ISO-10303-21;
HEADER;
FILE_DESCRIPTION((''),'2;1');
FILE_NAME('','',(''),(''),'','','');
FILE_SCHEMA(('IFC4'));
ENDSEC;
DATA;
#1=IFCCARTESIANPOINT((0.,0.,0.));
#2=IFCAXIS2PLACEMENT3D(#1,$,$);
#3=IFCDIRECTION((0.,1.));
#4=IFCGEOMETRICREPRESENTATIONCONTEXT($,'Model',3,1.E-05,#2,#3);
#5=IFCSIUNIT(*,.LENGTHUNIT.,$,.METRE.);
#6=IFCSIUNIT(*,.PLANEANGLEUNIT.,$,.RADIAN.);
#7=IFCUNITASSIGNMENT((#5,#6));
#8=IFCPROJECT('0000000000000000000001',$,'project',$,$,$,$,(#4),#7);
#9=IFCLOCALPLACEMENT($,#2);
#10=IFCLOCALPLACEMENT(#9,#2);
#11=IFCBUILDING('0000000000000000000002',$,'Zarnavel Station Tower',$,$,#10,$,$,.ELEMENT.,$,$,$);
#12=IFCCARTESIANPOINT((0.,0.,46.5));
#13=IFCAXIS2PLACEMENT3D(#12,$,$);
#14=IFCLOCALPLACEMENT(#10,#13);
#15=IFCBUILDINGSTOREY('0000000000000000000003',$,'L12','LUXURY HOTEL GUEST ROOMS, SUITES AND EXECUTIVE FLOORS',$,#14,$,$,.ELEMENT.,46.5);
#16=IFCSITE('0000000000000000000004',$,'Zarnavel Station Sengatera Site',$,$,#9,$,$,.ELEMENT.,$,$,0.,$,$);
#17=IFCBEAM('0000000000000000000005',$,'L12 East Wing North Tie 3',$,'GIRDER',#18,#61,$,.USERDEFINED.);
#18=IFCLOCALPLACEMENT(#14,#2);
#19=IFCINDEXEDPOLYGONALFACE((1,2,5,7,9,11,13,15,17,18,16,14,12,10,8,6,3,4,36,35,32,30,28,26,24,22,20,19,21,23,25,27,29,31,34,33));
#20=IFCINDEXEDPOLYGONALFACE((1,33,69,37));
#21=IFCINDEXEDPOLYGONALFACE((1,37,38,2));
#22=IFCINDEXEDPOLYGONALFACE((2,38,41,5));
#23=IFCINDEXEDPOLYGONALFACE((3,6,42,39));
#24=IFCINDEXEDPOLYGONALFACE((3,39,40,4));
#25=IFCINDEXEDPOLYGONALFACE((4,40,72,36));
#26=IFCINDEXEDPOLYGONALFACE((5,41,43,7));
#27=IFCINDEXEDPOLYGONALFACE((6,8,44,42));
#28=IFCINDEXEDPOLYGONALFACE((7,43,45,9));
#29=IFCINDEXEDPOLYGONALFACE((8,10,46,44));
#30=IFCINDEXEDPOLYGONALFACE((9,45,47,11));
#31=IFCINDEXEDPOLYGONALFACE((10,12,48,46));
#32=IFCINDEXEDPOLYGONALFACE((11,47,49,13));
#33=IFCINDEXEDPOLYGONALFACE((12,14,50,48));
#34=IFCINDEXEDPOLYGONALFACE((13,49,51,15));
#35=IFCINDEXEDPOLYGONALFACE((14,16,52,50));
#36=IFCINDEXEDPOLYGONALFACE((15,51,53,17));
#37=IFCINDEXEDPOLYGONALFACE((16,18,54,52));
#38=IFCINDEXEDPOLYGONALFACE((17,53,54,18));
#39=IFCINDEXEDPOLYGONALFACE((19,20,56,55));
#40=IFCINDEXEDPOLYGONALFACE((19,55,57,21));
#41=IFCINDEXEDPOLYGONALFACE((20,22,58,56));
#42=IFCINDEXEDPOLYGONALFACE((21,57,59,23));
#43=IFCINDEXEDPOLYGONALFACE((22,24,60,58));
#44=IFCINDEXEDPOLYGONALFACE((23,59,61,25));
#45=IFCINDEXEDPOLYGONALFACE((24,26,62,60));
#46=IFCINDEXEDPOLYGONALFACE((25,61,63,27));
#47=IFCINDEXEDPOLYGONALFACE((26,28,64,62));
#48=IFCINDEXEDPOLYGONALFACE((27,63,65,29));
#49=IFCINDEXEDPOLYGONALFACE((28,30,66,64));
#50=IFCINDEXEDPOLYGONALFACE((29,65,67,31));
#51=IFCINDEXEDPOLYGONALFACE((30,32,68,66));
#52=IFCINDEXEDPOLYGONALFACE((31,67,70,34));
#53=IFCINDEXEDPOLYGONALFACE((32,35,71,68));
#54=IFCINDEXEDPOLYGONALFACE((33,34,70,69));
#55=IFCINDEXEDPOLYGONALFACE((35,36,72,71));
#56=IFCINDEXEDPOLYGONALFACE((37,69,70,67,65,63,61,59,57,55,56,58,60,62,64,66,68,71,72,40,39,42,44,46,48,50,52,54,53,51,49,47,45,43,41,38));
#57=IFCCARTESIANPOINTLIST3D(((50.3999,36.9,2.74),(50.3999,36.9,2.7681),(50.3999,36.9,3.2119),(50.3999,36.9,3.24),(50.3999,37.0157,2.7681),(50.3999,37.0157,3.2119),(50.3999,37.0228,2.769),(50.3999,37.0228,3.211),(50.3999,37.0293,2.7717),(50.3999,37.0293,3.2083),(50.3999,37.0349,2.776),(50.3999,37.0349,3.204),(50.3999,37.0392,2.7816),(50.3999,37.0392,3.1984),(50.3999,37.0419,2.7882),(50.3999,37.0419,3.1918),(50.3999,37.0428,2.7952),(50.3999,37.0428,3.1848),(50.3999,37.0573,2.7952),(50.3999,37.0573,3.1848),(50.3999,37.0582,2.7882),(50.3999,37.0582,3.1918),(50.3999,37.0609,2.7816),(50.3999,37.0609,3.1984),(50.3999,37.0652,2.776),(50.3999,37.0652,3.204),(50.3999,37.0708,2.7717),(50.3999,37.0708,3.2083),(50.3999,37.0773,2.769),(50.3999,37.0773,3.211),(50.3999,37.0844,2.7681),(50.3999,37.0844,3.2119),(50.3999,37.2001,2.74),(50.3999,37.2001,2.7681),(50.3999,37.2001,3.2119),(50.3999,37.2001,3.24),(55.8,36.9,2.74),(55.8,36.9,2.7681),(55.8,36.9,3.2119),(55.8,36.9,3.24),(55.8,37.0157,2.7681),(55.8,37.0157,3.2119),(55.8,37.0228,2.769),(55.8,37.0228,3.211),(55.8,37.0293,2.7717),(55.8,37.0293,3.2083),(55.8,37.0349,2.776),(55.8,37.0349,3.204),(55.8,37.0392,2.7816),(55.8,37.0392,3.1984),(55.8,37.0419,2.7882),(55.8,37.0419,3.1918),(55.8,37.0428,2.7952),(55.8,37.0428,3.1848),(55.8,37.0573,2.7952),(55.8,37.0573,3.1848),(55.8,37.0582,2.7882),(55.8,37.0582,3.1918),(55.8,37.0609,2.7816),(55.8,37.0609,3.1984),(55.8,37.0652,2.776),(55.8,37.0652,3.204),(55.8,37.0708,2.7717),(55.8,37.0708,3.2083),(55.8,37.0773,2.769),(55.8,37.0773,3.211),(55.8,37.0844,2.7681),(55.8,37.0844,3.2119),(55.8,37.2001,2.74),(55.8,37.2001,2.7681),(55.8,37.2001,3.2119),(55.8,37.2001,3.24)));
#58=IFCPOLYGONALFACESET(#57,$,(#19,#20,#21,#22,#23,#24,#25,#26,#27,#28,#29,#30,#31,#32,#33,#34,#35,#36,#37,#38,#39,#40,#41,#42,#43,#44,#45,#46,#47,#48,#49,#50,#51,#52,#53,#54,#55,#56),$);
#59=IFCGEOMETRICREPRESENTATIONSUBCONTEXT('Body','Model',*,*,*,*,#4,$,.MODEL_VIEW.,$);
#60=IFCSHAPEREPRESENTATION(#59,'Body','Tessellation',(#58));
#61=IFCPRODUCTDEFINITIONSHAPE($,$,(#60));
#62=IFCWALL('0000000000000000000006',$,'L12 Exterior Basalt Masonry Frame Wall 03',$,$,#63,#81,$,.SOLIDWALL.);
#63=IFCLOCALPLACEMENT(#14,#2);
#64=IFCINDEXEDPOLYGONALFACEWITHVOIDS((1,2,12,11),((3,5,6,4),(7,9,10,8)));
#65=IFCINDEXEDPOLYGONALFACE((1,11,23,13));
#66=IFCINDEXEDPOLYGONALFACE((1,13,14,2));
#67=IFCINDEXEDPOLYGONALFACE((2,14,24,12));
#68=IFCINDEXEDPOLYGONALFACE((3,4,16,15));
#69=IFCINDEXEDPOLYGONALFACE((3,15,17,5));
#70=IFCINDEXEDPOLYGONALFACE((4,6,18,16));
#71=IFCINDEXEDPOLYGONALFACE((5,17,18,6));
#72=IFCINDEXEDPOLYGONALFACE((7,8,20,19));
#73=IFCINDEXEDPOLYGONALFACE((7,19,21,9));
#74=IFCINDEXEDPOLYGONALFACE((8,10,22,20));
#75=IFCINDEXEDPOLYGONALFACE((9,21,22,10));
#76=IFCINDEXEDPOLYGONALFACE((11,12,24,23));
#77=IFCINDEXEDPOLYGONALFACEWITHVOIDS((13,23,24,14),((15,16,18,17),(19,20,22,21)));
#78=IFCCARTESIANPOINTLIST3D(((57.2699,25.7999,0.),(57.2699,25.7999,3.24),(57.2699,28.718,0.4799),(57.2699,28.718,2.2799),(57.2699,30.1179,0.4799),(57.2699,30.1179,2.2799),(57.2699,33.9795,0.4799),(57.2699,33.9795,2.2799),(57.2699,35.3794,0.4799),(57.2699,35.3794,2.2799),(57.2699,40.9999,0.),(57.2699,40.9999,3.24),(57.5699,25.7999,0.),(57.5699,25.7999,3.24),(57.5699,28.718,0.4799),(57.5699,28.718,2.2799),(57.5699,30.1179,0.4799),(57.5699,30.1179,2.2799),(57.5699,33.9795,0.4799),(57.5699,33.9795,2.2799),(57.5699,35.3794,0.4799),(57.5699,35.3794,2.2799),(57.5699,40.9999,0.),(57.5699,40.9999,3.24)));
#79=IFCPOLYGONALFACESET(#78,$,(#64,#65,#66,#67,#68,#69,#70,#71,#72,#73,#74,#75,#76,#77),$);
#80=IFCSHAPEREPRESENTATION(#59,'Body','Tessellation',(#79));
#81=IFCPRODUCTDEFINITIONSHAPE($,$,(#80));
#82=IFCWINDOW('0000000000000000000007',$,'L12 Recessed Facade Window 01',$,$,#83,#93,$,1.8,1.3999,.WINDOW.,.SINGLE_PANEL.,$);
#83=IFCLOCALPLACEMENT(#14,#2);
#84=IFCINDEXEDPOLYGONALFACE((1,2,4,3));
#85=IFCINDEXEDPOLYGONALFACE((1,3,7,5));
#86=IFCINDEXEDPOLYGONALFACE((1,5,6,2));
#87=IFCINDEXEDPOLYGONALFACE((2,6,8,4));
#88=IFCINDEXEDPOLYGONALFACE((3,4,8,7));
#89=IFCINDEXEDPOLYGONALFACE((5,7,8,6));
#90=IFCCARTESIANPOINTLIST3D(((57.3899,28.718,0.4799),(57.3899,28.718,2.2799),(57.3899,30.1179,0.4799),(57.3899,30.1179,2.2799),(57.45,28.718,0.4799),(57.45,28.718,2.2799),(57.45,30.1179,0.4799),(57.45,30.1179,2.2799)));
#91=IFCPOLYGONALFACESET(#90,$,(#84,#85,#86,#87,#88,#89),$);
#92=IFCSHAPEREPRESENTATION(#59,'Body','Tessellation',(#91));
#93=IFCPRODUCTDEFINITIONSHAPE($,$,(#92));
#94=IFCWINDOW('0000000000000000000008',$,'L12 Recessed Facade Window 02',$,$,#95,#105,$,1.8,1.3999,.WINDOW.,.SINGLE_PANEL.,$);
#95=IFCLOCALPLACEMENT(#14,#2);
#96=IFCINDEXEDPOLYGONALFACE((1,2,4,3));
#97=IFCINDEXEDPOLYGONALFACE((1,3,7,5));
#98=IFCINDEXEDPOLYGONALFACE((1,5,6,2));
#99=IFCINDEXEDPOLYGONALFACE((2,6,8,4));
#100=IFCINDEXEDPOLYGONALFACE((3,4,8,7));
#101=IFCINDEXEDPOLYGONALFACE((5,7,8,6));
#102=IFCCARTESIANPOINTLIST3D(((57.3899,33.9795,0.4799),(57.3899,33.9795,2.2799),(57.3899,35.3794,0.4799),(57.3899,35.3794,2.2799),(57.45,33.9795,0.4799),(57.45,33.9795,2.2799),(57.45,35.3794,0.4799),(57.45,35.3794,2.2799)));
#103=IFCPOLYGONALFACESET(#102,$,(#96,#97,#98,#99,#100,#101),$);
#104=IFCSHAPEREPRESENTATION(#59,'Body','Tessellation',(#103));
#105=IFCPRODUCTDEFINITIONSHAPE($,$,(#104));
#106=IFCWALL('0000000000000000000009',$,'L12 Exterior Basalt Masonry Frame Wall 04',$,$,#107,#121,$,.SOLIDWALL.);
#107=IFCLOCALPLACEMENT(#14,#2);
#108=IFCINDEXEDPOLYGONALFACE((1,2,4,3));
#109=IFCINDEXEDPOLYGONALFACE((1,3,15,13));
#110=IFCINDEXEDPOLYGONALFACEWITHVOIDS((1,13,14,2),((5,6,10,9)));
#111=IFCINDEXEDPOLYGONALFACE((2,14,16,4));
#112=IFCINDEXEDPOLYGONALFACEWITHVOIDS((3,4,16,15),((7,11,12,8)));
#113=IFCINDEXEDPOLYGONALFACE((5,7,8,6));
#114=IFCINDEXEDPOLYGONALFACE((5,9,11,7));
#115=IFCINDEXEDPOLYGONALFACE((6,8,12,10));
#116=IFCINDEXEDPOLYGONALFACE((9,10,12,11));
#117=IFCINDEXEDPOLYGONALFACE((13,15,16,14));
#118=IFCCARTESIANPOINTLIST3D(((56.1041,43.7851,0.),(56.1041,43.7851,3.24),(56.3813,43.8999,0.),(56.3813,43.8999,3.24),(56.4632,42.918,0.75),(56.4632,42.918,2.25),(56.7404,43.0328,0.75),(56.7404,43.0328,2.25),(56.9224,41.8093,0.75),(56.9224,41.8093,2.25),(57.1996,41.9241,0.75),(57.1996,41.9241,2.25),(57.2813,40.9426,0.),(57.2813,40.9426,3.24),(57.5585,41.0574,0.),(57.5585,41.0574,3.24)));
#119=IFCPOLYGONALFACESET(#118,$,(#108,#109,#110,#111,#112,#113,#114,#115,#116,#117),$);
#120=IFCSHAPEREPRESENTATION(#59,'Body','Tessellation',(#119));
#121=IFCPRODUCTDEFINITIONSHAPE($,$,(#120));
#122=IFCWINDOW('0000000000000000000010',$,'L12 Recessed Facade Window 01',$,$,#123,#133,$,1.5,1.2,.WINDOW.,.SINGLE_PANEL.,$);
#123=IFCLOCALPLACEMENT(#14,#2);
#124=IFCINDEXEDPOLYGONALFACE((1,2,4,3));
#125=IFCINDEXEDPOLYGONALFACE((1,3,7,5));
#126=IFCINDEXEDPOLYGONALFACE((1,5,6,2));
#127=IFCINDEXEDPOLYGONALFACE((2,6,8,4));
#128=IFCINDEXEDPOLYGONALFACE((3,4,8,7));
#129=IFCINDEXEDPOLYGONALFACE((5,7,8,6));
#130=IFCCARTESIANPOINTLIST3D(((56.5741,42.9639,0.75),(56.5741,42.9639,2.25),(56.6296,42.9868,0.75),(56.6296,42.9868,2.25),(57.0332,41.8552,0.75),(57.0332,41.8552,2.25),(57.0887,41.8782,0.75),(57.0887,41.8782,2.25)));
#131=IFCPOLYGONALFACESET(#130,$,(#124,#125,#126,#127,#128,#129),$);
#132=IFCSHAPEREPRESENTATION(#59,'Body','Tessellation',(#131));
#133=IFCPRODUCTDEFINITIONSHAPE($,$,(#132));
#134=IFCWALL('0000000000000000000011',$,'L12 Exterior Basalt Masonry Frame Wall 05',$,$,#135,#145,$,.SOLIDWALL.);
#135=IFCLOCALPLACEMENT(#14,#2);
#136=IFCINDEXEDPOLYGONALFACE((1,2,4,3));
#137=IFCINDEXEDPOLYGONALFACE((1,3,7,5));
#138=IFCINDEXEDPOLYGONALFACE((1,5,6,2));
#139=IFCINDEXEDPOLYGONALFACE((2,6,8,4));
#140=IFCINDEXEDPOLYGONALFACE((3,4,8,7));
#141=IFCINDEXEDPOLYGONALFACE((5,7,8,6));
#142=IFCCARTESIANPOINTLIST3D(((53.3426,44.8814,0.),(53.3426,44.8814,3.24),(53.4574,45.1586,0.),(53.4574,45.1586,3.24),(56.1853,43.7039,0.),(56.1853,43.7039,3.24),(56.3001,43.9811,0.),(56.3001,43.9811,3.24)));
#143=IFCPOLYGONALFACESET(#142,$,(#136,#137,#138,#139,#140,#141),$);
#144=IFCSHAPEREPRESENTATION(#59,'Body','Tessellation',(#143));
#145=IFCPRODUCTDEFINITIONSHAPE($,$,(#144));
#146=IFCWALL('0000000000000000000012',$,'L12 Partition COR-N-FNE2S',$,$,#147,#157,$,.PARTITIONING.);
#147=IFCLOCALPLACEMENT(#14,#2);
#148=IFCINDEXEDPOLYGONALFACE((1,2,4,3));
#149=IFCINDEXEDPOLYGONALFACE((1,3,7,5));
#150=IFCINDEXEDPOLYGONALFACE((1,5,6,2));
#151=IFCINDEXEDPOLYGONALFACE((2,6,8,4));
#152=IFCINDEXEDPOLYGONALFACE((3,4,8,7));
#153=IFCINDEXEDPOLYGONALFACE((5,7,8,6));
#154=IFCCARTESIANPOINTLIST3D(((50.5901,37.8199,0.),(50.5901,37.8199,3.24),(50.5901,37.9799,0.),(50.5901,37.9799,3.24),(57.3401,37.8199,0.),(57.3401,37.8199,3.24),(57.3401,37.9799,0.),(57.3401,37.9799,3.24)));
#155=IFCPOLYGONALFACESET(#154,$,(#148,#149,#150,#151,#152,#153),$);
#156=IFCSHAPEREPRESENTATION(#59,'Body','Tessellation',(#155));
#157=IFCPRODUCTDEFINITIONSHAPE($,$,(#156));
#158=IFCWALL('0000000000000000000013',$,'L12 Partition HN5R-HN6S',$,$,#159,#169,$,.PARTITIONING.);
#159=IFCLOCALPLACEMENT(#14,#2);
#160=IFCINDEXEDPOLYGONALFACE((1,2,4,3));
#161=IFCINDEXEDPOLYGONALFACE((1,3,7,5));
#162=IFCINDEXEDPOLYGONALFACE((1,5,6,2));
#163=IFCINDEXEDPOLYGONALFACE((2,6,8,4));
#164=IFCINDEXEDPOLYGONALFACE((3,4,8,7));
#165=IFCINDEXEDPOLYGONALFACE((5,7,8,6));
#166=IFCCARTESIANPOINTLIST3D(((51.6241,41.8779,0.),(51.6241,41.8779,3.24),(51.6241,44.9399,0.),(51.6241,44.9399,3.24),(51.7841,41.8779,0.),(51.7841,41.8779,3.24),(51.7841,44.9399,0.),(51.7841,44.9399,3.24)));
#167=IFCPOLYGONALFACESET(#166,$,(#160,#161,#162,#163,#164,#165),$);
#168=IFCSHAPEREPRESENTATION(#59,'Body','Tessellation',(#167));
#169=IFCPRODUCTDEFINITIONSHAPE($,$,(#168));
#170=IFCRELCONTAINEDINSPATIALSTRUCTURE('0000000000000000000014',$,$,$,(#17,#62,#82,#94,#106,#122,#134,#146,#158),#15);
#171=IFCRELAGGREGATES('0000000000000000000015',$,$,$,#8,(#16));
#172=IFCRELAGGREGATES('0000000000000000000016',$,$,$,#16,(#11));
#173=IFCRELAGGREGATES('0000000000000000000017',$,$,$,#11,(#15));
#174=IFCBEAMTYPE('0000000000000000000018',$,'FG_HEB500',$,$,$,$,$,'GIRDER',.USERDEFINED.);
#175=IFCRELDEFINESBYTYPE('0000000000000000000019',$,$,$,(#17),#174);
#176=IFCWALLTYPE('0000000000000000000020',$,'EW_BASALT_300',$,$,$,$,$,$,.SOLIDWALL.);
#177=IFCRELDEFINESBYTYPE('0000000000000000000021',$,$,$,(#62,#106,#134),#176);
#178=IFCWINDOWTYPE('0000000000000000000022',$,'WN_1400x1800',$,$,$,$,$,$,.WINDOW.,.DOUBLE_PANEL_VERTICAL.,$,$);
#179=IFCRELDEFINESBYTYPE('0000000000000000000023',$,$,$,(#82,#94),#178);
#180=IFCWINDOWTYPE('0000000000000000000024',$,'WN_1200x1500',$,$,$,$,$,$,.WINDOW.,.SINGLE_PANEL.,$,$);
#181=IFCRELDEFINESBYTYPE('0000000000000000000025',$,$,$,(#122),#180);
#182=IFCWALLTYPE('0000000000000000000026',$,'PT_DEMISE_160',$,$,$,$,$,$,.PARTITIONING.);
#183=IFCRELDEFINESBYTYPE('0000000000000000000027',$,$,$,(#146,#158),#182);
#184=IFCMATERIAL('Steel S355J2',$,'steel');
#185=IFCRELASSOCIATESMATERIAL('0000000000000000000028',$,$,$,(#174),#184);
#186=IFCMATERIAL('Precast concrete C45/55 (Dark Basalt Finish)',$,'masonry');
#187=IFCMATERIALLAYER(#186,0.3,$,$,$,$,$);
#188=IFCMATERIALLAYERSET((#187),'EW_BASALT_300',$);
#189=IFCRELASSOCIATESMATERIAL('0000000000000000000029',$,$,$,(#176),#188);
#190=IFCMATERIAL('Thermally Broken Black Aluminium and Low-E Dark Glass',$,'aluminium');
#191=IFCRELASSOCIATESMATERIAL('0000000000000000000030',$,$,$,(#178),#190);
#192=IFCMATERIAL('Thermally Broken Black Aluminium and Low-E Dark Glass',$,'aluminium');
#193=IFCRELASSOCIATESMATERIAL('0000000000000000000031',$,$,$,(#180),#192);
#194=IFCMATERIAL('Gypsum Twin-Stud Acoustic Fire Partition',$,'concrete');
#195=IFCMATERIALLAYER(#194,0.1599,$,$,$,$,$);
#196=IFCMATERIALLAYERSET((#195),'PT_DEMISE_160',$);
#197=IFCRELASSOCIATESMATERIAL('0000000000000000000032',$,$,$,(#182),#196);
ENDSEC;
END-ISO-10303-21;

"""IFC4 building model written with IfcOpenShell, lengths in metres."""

from ifc_helpers import new_model, si_unit, direction, frame, frame_2d, origin, origin_2d, place, context, subcontext, project, spatial, rectangle, i_section, extrude, material, layer, layer_set, material_profile, profile_set, type_object, element, fill, save


model = new_model("IFC4")

# Units and contexts
model_context = context("Model", 3, precision=1e-05, world=origin(), true_north=direction((0.0, 1.0)))
body_context = subcontext(model_context, "Body", "Model", "MODEL_VIEW")
ifc_project = project(units=[si_unit("LENGTHUNIT", "METRE"), si_unit("PLANEANGLEUNIT", "RADIAN")], contexts=[model_context])

# Site, building, storey
site_placement = place(None, origin())
site = spatial("IfcSite", under=ifc_project, at=site_placement, Name="Zarnavel Station Sengatera Site", CompositionType="ELEMENT", RefElevation=0.0)
building_placement = place(site_placement, origin())
building = spatial("IfcBuilding", under=site, at=building_placement, Name="Zarnavel Station Tower", CompositionType="ELEMENT")
storey_placement = place(building_placement, frame((0.0, 0.0, 46.5)))
storey = spatial("IfcBuildingStorey", under=building, at=storey_placement, Name="L12", Description="LUXURY HOTEL GUEST ROOMS, SUITES AND EXECUTIVE FLOORS", CompositionType="ELEMENT", Elevation=46.5)

# Beam
ifc_material_1 = material(Name="Steel S355J2", Category="steel")
ifc_material_profile_1 = material_profile(ifc_material_1, i_section(OverallWidth=0.3, OverallDepth=0.5, WebThickness=0.0144, FlangeThickness=0.0281, FilletRadius=0.0271, at=origin_2d()), Name="HEB500")
ifc_profile_set_1 = profile_set([ifc_material_profile_1], Name="Steel S355J2")
beam_type = type_object("IfcBeamType", Name="FG_HEB500", ElementType="GIRDER", PredefinedType="USERDEFINED", material=ifc_profile_set_1)
beam_1_placement = place(storey_placement, frame((50.3999, 37.05, 2.99), z_axis=(1.0, 0.0, 0.0), x_axis=(0.0, 1.0, 0.0)))
element("IfcBeam", 1, at=beam_1_placement, inside=storey, type_object=beam_type, Name="L12 East Wing North Tie 3", ObjectType="GIRDER", PredefinedType="USERDEFINED", context=body_context, shape_type="SweptSolid", body=[
    extrude(i_section(OverallWidth=0.3, OverallDepth=0.5, WebThickness=0.0144, FlangeThickness=0.0281, FilletRadius=0.0271, at=origin_2d()), origin(), (0.0, 0.0, 1.0), 5.4001),
])

# Wall, openings, windows
ifc_material_2 = material(Name="Precast concrete C45/55 (Dark Basalt Finish)", Category="masonry")
ifc_layer_1 = layer(ifc_material_2, 0.3)
ifc_layer_set_1 = layer_set([ifc_layer_1], Name="EW_BASALT_300")
wall_type_1 = type_object("IfcWallType", Name="EW_BASALT_300", PredefinedType="SOLIDWALL", material=ifc_layer_set_1)
wall_1_placement = place(storey_placement, frame((57.4199, 41.0, 0.0), z_axis=(0.0, 0.0, 1.0), x_axis=(0.0, -1.0, 0.0)))
wall_1 = element("IfcWall", 2, at=wall_1_placement, inside=storey, type_object=wall_type_1, Name="L12 Exterior Basalt Masonry Frame Wall 03", PredefinedType="SOLIDWALL", context=body_context, shape_type="SweptSolid", body=[
    extrude(rectangle(XDim=15.2, YDim=0.3, at=frame_2d((7.6001, 0.0))), origin(), (0.0, 0.0, 1.0), 3.24),
])
opening_1_placement = place(wall_1_placement, frame((10.8821, 0.0, 0.48)))
opening_1 = element("IfcOpeningElement", 3, at=opening_1_placement, cuts=wall_1, PredefinedType="OPENING", context=body_context, shape_type="SweptSolid", body=[
    extrude(rectangle(XDim=1.3999, YDim=1.8, at=frame_2d((0.7, 0.8999))), frame((0.0, 0.1599, 0.0), z_axis=(0.0, -1.0, 0.0), x_axis=(1.0, 0.0, 0.0)), (0.0, 0.0, 1.0), 0.3201),
])
opening_2_placement = place(wall_1_placement, frame((5.6206, 0.0, 0.48)))
opening_2 = element("IfcOpeningElement", 4, at=opening_2_placement, cuts=wall_1, PredefinedType="OPENING", context=body_context, shape_type="SweptSolid", body=[
    extrude(rectangle(XDim=1.3999, YDim=1.8, at=frame_2d((0.7, 0.8999))), frame((0.0, 0.1599, 0.0), z_axis=(0.0, -1.0, 0.0), x_axis=(1.0, 0.0, 0.0)), (0.0, 0.0, 1.0), 0.3201),
])
ifc_material_3 = material(Name="Thermally Broken Black Aluminium and Low-E Dark Glass", Category="aluminium")
window_type_1 = type_object("IfcWindowType", Name="WN_1400x1800", PartitioningType="DOUBLE_PANEL_VERTICAL", PredefinedType="WINDOW", material=ifc_material_3)
window_1_placement = place(opening_1_placement, origin())
window_1 = element("IfcWindow", 5, at=window_1_placement, inside=storey, type_object=window_type_1, Name="L12 Recessed Facade Window 01", OverallHeight=1.8, OverallWidth=1.3999, PartitioningType="SINGLE_PANEL", PredefinedType="WINDOW", context=body_context, shape_type="SweptSolid", body=[
    extrude(rectangle(XDim=1.3999, YDim=1.8, at=frame_2d((0.7, 0.8999))), frame((0.0, 0.03, 0.0), z_axis=(0.0, -1.0, 0.0), x_axis=(1.0, 0.0, 0.0)), (0.0, 0.0, 1.0), 0.0601),
])
fill(opening_1, window_1)
window_2_placement = place(opening_2_placement, origin())
window_2 = element("IfcWindow", 6, at=window_2_placement, inside=storey, type_object=window_type_1, Name="L12 Recessed Facade Window 02", OverallHeight=1.8, OverallWidth=1.3999, PartitioningType="SINGLE_PANEL", PredefinedType="WINDOW", context=body_context, shape_type="SweptSolid", body=[
    extrude(rectangle(XDim=1.3999, YDim=1.8, at=frame_2d((0.7, 0.8999))), frame((0.0, 0.03, 0.0), z_axis=(0.0, -1.0, 0.0), x_axis=(1.0, 0.0, 0.0)), (0.0, 0.0, 1.0), 0.0601),
])
fill(opening_2, window_2)

# Wall, opening, window
wall_2_placement = place(storey_placement, frame((56.2427, 43.8425, 0.0), z_axis=(0.0, 0.0, 1.0), x_axis=(0.382637, -0.923899, 0.0)))
wall_2 = element("IfcWall", 7, at=wall_2_placement, inside=storey, type_object=wall_type_1, Name="L12 Exterior Basalt Masonry Frame Wall 04", PredefinedType="SOLIDWALL", context=body_context, shape_type="SweptSolid", body=[
    extrude(rectangle(XDim=3.0767, YDim=0.3, at=frame_2d((1.5383, 0.0))), origin(), (0.0, 0.0, 1.0), 3.24),
])
opening_3_placement = place(wall_2_placement, frame((0.9385, 0.0, 0.75)))
opening_3 = element("IfcOpeningElement", 8, at=opening_3_placement, cuts=wall_2, PredefinedType="OPENING", context=body_context, shape_type="SweptSolid", body=[
    extrude(rectangle(XDim=1.2, YDim=1.5, at=frame_2d((0.6001, 0.75))), frame((0.0, 0.1599, 0.0), z_axis=(0.0, -1.0, 0.0), x_axis=(1.0, 0.0, 0.0)), (0.0, 0.0, 1.0), 0.3201),
])
ifc_material_4 = material(Name="Thermally Broken Black Aluminium and Low-E Dark Glass", Category="aluminium")
window_type_2 = type_object("IfcWindowType", Name="WN_1200x1500", PartitioningType="SINGLE_PANEL", PredefinedType="WINDOW", material=ifc_material_4)
window_3_placement = place(opening_3_placement, origin())
window_3 = element("IfcWindow", 9, at=window_3_placement, inside=storey, type_object=window_type_2, Name="L12 Recessed Facade Window 01", OverallHeight=1.5, OverallWidth=1.2, PartitioningType="SINGLE_PANEL", PredefinedType="WINDOW", context=body_context, shape_type="SweptSolid", body=[
    extrude(rectangle(XDim=1.2, YDim=1.5, at=frame_2d((0.6001, 0.75))), frame((0.0, 0.03, 0.0), z_axis=(0.0, -1.0, 0.0), x_axis=(1.0, 0.0, 0.0)), (0.0, 0.0, 1.0), 0.0601),
])
fill(opening_3, window_3)

# Walls
wall_3_placement = place(storey_placement, frame((53.3999, 45.02, 0.0), z_axis=(0.0, 0.0, 1.0), x_axis=(0.923882, -0.382676, 0.0)))
element("IfcWall", 10, at=wall_3_placement, inside=storey, type_object=wall_type_1, Name="L12 Exterior Basalt Masonry Frame Wall 05", PredefinedType="SOLIDWALL", context=body_context, shape_type="SweptSolid", body=[
    extrude(rectangle(XDim=3.0769, YDim=0.3, at=frame_2d((1.5386, 0.0))), origin(), (0.0, 0.0, 1.0), 3.24),
])
ifc_material_5 = material(Name="Gypsum Twin-Stud Acoustic Fire Partition", Category="concrete")
ifc_layer_2 = layer(ifc_material_5, 0.1599)
ifc_layer_set_2 = layer_set([ifc_layer_2], Name="PT_DEMISE_160")
wall_type_2 = type_object("IfcWallType", Name="PT_DEMISE_160", PredefinedType="PARTITIONING", material=ifc_layer_set_2)
wall_4_placement = place(storey_placement, frame((50.5901, 37.8999, 0.0), z_axis=(0.0, 0.0, 1.0), x_axis=(1.0, 0.0, 0.0)))
element("IfcWall", 11, at=wall_4_placement, inside=storey, type_object=wall_type_2, Name="L12 Partition COR-N-FNE2S", PredefinedType="PARTITIONING", context=body_context, shape_type="SweptSolid", body=[
    extrude(rectangle(XDim=6.75, YDim=0.1599, at=frame_2d((3.375, 0.0))), origin(), (0.0, 0.0, 1.0), 3.24),
])

# Wall
wall_5_placement = place(storey_placement, frame((51.7041, 41.8779, 0.0), z_axis=(0.0, 0.0, 1.0), x_axis=(0.0, 1.0, 0.0)))
element("IfcWall", 12, at=wall_5_placement, inside=storey, type_object=wall_type_2, Name="L12 Partition HN5R-HN6S", PredefinedType="PARTITIONING", context=body_context, shape_type="SweptSolid", body=[
    extrude(rectangle(XDim=3.062, YDim=0.1599, at=frame_2d((1.531, 0.0))), origin(), (0.0, 0.0, 1.0), 3.24),
])

save(model, "model.ifc")
